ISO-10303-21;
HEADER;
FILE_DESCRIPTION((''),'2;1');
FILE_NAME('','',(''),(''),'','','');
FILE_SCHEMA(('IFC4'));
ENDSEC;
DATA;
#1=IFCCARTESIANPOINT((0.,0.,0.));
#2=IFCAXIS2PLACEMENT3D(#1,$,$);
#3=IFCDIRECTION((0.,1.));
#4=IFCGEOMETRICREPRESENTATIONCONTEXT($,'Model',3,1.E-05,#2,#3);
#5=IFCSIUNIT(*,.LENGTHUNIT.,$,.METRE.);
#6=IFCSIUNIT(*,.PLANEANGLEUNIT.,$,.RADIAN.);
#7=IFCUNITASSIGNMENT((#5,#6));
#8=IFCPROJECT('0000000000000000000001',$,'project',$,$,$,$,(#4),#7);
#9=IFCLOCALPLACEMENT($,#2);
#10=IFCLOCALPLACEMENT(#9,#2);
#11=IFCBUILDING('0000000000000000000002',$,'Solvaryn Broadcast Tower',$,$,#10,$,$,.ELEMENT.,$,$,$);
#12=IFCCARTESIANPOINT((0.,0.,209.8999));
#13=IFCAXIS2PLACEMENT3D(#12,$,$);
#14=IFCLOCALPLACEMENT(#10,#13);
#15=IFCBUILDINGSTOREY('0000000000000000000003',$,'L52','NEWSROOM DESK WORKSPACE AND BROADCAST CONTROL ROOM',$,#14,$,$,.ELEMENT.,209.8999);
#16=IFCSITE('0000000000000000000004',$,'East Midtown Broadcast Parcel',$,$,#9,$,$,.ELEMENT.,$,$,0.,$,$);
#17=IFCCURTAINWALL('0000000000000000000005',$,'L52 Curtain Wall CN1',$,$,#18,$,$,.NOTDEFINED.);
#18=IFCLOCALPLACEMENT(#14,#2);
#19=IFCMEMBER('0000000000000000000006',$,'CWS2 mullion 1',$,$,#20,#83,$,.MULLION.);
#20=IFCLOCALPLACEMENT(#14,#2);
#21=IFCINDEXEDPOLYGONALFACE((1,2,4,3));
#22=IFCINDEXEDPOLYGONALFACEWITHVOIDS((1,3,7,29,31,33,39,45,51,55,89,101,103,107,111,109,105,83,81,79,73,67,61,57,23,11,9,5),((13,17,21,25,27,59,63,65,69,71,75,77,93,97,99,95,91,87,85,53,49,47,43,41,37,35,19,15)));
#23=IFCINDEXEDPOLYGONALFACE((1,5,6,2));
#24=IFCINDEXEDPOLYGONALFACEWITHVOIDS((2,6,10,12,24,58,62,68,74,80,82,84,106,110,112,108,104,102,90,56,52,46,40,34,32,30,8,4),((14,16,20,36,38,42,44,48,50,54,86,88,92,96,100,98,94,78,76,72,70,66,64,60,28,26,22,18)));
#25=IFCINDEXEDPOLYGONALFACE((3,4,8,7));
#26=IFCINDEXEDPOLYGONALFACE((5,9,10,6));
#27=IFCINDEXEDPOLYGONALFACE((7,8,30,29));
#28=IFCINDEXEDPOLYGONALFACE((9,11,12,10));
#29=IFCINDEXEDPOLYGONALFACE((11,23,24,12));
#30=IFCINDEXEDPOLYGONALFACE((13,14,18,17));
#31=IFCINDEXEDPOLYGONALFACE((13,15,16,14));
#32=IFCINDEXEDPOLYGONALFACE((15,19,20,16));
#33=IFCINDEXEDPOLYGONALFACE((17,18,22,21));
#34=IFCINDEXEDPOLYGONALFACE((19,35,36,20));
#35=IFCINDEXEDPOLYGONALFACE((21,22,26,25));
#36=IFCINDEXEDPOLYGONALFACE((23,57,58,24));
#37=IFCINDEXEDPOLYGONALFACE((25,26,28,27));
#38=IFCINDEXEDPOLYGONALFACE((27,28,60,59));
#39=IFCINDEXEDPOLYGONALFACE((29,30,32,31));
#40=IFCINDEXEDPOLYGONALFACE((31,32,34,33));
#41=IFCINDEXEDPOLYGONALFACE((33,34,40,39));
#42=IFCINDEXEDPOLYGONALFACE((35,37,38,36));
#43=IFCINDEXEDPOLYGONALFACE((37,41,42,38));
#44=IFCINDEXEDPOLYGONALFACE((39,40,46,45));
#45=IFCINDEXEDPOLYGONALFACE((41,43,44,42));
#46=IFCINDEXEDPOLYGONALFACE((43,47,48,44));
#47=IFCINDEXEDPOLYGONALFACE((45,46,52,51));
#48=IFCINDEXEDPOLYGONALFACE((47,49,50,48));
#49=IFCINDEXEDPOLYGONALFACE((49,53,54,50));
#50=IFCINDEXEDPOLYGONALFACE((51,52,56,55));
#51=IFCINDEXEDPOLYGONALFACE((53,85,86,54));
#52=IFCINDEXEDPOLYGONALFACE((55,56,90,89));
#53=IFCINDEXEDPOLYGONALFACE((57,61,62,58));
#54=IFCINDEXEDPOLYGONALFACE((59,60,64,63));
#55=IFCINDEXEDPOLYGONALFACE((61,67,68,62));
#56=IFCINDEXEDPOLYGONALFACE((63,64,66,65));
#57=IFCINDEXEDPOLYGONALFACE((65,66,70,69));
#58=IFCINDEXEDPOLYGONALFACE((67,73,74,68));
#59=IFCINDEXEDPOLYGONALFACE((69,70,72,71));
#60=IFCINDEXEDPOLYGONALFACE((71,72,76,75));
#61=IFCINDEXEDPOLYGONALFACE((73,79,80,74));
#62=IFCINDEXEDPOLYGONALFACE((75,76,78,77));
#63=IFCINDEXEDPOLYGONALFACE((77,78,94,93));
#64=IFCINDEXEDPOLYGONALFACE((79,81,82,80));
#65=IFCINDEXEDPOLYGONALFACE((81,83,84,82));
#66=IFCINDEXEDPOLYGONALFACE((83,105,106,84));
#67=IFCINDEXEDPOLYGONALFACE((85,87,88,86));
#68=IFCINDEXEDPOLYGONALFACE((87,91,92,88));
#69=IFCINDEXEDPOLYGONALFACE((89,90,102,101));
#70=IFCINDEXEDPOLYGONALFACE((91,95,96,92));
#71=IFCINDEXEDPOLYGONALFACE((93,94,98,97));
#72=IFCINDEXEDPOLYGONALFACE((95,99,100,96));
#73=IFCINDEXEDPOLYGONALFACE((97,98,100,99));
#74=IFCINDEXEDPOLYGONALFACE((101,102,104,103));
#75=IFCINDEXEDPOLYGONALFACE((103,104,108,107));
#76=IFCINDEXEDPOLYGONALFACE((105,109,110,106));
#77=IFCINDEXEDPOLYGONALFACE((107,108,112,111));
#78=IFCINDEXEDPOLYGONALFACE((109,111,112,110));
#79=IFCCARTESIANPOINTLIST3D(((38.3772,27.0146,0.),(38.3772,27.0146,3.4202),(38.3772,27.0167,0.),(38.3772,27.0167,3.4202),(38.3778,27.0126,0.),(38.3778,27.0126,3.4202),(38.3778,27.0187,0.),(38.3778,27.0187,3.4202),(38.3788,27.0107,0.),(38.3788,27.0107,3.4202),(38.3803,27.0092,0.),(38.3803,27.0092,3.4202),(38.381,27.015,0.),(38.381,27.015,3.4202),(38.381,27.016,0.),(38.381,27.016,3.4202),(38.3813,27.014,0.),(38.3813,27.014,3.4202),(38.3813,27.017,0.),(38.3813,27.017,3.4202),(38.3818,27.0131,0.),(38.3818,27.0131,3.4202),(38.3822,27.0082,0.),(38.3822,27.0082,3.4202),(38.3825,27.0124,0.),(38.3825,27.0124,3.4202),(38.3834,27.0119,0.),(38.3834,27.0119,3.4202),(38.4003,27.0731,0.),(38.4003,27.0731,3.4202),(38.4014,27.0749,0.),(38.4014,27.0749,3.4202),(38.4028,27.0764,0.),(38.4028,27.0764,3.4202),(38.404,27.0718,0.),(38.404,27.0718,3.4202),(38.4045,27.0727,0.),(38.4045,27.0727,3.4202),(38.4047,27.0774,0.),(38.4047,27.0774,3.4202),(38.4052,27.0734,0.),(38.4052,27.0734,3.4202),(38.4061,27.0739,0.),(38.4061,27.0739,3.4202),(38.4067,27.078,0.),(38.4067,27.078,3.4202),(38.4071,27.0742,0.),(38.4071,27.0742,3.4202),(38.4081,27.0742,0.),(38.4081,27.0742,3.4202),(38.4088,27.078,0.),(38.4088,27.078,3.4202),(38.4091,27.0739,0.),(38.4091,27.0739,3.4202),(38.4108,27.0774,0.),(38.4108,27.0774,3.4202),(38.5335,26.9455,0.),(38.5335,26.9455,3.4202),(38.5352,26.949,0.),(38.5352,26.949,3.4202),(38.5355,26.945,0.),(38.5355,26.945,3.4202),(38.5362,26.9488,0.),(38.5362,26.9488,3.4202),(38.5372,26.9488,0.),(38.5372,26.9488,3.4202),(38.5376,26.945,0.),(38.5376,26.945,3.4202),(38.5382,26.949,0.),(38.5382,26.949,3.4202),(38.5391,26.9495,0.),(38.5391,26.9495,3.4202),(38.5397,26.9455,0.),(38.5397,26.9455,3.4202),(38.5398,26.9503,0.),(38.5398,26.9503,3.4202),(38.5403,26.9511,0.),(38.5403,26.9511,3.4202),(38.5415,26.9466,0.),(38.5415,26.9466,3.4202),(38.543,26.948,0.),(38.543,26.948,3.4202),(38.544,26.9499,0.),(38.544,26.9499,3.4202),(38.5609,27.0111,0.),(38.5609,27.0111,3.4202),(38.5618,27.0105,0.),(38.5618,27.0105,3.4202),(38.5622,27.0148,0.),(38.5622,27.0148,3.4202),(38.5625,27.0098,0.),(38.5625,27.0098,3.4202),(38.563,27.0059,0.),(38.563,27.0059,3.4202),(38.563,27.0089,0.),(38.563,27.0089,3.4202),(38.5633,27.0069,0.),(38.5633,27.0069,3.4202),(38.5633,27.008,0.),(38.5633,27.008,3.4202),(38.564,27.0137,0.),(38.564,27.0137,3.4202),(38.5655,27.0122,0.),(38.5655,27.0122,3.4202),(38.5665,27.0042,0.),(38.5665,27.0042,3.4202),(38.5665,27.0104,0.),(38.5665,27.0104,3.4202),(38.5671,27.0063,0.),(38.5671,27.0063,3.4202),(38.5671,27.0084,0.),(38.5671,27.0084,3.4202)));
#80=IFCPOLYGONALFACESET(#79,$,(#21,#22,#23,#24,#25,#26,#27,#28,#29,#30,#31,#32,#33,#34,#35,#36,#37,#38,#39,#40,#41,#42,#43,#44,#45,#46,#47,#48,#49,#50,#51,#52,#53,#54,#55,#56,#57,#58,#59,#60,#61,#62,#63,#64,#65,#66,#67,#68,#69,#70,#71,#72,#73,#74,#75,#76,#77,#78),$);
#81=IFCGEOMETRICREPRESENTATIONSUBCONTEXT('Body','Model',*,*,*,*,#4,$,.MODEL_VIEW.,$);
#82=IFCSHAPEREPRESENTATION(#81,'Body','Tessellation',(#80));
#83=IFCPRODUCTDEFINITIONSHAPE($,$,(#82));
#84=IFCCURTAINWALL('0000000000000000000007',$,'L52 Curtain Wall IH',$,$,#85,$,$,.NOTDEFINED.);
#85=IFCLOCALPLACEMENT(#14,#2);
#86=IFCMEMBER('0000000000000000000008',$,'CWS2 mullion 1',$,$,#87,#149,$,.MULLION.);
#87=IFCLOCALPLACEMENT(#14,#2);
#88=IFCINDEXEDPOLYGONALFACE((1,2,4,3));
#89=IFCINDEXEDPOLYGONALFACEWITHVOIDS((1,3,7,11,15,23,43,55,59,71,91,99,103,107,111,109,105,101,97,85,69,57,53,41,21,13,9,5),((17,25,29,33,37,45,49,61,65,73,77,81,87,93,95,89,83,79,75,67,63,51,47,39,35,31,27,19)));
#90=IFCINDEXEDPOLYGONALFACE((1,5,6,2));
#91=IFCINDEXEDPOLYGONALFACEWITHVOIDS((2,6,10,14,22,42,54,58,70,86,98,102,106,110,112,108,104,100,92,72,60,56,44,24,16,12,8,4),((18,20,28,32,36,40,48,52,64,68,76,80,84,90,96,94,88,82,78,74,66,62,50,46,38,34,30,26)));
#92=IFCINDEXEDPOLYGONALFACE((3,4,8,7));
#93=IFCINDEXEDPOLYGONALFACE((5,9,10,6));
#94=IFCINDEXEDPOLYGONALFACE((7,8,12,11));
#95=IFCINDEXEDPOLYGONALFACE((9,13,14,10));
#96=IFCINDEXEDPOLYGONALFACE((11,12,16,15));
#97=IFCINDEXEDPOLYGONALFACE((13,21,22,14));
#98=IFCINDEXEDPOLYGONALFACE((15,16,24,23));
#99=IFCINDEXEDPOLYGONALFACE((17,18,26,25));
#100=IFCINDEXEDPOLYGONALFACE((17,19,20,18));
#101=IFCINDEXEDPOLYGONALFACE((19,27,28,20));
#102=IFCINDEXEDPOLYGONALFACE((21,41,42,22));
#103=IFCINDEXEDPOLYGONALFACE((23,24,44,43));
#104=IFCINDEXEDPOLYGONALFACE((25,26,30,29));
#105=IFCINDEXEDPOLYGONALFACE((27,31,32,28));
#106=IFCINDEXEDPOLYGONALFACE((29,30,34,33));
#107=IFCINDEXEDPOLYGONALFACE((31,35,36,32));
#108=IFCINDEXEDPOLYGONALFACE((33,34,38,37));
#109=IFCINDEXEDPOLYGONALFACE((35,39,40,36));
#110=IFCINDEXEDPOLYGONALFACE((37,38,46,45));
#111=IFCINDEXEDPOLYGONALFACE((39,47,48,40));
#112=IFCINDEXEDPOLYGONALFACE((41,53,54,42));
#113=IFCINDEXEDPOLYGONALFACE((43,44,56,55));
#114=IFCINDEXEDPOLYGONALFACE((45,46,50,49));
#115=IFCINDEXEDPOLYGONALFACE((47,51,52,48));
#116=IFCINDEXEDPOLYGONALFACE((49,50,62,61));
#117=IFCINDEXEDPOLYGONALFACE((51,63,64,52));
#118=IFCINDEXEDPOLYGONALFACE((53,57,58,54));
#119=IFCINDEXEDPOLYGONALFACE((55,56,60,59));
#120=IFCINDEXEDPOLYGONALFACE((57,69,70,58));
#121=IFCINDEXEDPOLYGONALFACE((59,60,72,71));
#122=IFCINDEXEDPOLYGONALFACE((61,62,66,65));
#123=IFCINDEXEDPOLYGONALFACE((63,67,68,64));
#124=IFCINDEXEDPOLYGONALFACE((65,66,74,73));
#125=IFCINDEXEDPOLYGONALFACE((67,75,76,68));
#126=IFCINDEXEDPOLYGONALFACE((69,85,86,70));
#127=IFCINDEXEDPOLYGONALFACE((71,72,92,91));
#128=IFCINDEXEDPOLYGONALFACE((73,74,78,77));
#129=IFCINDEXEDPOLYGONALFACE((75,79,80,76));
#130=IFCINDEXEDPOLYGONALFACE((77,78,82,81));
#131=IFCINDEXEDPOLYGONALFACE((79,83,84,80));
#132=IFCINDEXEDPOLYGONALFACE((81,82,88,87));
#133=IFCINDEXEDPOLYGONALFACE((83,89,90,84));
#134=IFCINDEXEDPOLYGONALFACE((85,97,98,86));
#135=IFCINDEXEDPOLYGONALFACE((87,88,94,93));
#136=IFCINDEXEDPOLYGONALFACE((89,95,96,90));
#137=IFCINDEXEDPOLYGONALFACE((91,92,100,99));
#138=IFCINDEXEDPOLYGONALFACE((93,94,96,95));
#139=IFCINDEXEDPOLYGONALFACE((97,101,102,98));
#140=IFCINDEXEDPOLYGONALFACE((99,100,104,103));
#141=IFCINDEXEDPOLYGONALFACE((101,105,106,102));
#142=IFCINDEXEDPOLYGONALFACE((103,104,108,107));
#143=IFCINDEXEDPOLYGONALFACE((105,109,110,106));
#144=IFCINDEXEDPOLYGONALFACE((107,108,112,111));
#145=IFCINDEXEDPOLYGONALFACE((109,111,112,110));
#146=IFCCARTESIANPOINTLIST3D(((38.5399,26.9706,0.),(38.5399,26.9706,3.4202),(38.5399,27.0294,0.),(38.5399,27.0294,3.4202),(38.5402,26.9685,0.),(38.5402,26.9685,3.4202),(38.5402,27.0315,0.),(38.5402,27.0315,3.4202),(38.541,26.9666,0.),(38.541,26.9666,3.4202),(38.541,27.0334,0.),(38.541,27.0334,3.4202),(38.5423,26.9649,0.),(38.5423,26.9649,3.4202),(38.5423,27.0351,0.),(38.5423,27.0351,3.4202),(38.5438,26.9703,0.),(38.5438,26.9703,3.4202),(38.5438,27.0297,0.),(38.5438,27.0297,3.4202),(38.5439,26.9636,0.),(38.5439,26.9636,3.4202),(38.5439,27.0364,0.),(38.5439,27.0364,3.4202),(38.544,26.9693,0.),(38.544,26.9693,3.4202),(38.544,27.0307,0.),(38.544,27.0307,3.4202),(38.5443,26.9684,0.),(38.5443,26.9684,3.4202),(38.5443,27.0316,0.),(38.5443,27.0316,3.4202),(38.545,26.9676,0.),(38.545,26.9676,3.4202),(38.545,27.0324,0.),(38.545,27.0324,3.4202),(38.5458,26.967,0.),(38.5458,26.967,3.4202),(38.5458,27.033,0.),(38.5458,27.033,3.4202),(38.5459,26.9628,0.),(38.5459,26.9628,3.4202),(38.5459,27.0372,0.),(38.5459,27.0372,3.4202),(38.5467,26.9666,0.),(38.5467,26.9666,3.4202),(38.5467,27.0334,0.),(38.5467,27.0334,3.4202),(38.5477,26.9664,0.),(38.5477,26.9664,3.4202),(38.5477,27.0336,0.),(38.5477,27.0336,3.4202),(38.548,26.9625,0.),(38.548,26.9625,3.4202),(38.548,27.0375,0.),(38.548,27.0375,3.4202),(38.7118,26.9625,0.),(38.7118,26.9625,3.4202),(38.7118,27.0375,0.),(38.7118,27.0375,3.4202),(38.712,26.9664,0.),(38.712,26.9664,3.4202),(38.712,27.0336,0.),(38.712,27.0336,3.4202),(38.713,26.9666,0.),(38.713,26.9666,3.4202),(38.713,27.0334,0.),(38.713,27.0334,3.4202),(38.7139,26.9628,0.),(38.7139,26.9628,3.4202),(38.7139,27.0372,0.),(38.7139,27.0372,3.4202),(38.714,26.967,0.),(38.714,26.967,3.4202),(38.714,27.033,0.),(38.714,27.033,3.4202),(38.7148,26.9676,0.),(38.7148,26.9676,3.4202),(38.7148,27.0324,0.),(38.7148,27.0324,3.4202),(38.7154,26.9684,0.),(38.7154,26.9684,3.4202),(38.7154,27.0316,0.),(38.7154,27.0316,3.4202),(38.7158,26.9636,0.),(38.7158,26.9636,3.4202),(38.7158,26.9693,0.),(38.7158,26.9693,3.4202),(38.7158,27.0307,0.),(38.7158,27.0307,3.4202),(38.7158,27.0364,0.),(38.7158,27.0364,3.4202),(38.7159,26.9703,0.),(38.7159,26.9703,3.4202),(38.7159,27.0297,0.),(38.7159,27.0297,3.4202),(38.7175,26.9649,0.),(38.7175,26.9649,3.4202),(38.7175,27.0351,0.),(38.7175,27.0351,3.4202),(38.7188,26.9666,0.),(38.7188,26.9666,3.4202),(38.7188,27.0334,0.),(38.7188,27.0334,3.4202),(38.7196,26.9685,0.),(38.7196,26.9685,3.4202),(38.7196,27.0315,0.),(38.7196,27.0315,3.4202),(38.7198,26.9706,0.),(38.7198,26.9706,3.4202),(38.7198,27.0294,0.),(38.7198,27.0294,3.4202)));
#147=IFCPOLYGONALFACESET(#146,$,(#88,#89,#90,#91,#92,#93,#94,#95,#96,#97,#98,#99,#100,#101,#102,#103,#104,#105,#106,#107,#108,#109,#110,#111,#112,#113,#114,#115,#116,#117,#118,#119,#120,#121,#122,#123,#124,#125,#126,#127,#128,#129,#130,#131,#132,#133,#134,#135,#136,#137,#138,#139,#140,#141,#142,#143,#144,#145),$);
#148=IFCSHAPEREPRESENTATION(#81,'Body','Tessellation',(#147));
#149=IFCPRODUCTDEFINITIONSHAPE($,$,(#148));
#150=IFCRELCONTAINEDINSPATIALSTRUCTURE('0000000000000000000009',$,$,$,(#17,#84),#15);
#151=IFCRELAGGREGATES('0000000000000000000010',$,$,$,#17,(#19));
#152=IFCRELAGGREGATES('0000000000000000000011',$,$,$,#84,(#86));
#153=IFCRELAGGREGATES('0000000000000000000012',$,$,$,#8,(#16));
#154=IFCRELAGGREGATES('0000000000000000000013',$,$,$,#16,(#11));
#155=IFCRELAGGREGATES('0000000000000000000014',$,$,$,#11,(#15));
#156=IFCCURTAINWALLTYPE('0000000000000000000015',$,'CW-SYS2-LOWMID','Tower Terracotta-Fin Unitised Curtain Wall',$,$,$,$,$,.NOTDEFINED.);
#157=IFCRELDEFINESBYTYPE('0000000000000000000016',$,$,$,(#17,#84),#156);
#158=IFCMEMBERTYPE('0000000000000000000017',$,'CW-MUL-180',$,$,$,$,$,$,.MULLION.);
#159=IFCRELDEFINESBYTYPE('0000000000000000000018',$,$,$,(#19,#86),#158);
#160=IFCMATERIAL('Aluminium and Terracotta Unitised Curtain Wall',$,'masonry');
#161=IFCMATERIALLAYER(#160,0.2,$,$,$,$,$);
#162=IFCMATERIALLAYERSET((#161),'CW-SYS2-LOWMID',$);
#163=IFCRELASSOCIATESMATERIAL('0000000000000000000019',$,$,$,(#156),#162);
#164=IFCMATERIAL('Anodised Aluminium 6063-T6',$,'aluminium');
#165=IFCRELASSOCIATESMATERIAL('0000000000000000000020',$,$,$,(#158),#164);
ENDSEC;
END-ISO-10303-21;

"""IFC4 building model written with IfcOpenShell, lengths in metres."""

from ifc_helpers import new_model, si_unit, direction, frame, origin, origin_2d, place, context, subcontext, project, spatial, hollow_rectangle, extrude, material, layer, layer_set, material_profile, profile_set, type_object, element, aggregate, save


model = new_model("IFC4")

# Units and contexts
model_context = context("Model", 3, precision=1e-05, world=origin(), true_north=direction((0.0, 1.0)))
body_context = subcontext(model_context, "Body", "Model", "MODEL_VIEW")
ifc_project = project(units=[si_unit("LENGTHUNIT", "METRE"), si_unit("PLANEANGLEUNIT", "RADIAN")], contexts=[model_context])

# Site, building, storey
site_placement = place(None, origin())
site = spatial("IfcSite", under=ifc_project, at=site_placement, Name="East Midtown Broadcast Parcel", CompositionType="ELEMENT", RefElevation=0.0)
building_placement = place(site_placement, origin())
building = spatial("IfcBuilding", under=site, at=building_placement, Name="Solvaryn Broadcast Tower", CompositionType="ELEMENT")
storey_placement = place(building_placement, frame((0.0, 0.0, 209.8999)))
storey = spatial("IfcBuildingStorey", under=building, at=storey_placement, Name="L52", Description="NEWSROOM DESK WORKSPACE AND BROADCAST CONTROL ROOM", CompositionType="ELEMENT", Elevation=209.8999)

# Curtain walls, members
ifc_material_1 = material(Name="Aluminium and Terracotta Unitised Curtain Wall", Category="masonry")
ifc_layer_1 = layer(ifc_material_1, 0.2)
ifc_layer_set_1 = layer_set([ifc_layer_1], Name="CW-SYS2-LOWMID")
curtain_wall_type = type_object("IfcCurtainWallType", Name="CW-SYS2-LOWMID", Description="Tower Terracotta-Fin Unitised Curtain Wall", PredefinedType="NOTDEFINED", material=ifc_layer_set_1)
curtain_wall_1_placement = place(storey_placement, origin())
curtain_wall_1 = element("IfcCurtainWall", 1, at=curtain_wall_1_placement, inside=storey, type_object=curtain_wall_type, Name="L52 Curtain Wall CN1", PredefinedType="NOTDEFINED")
ifc_material_2 = material(Name="Anodised Aluminium 6063-T6", Category="aluminium")
ifc_material_profile_1 = material_profile(ifc_material_2, hollow_rectangle(XDim=0.075, YDim=0.1799, WallThickness=0.0039, InnerFilletRadius=0.0039, OuterFilletRadius=0.0081, at=origin_2d()))
ifc_profile_set_1 = profile_set([ifc_material_profile_1], Name="Anodised Aluminium 6063-T6")
member_type_1 = type_object("IfcMemberType", Name="CW-MUL-180", PredefinedType="MULLION", material=ifc_profile_set_1)
member_1_placement = place(storey_placement, frame((38.4722, 27.0115, 0.0), z_axis=(0.0, 0.0, 1.0), x_axis=(-0.382646, -0.923895, 0.0)))
member_1 = element("IfcMember", 2, at=member_1_placement, type_object=member_type_1, Name="CWS2 mullion 1", PredefinedType="MULLION", context=body_context, shape_type="SweptSolid", body=[
    extrude(hollow_rectangle(XDim=0.075, YDim=0.1799, WallThickness=0.0039, InnerFilletRadius=0.0039, OuterFilletRadius=0.0081, at=origin_2d()), origin(), (0.0, 0.0, 1.0), 3.4202),
])
curtain_wall_2_placement = place(storey_placement, origin())
curtain_wall_2 = element("IfcCurtainWall", 3, at=curtain_wall_2_placement, inside=storey, type_object=curtain_wall_type, Name="L52 Curtain Wall IH", PredefinedType="NOTDEFINED")
member_2_placement = place(storey_placement, frame((38.6299, 27.0, 0.0), z_axis=(0.0, 0.0, 1.0), x_axis=(0.0, 1.0, 0.0)))
member_2 = element("IfcMember", 4, at=member_2_placement, type_object=member_type_1, Name="CWS2 mullion 1", PredefinedType="MULLION", context=body_context, shape_type="SweptSolid", body=[
    extrude(hollow_rectangle(XDim=0.075, YDim=0.1799, WallThickness=0.0039, InnerFilletRadius=0.0039, OuterFilletRadius=0.0081, at=origin_2d()), origin(), (0.0, 0.0, 1.0), 3.4202),
])

aggregate(curtain_wall_1, [member_1])
aggregate(curtain_wall_2, [member_2])

save(model, "model.ifc")
